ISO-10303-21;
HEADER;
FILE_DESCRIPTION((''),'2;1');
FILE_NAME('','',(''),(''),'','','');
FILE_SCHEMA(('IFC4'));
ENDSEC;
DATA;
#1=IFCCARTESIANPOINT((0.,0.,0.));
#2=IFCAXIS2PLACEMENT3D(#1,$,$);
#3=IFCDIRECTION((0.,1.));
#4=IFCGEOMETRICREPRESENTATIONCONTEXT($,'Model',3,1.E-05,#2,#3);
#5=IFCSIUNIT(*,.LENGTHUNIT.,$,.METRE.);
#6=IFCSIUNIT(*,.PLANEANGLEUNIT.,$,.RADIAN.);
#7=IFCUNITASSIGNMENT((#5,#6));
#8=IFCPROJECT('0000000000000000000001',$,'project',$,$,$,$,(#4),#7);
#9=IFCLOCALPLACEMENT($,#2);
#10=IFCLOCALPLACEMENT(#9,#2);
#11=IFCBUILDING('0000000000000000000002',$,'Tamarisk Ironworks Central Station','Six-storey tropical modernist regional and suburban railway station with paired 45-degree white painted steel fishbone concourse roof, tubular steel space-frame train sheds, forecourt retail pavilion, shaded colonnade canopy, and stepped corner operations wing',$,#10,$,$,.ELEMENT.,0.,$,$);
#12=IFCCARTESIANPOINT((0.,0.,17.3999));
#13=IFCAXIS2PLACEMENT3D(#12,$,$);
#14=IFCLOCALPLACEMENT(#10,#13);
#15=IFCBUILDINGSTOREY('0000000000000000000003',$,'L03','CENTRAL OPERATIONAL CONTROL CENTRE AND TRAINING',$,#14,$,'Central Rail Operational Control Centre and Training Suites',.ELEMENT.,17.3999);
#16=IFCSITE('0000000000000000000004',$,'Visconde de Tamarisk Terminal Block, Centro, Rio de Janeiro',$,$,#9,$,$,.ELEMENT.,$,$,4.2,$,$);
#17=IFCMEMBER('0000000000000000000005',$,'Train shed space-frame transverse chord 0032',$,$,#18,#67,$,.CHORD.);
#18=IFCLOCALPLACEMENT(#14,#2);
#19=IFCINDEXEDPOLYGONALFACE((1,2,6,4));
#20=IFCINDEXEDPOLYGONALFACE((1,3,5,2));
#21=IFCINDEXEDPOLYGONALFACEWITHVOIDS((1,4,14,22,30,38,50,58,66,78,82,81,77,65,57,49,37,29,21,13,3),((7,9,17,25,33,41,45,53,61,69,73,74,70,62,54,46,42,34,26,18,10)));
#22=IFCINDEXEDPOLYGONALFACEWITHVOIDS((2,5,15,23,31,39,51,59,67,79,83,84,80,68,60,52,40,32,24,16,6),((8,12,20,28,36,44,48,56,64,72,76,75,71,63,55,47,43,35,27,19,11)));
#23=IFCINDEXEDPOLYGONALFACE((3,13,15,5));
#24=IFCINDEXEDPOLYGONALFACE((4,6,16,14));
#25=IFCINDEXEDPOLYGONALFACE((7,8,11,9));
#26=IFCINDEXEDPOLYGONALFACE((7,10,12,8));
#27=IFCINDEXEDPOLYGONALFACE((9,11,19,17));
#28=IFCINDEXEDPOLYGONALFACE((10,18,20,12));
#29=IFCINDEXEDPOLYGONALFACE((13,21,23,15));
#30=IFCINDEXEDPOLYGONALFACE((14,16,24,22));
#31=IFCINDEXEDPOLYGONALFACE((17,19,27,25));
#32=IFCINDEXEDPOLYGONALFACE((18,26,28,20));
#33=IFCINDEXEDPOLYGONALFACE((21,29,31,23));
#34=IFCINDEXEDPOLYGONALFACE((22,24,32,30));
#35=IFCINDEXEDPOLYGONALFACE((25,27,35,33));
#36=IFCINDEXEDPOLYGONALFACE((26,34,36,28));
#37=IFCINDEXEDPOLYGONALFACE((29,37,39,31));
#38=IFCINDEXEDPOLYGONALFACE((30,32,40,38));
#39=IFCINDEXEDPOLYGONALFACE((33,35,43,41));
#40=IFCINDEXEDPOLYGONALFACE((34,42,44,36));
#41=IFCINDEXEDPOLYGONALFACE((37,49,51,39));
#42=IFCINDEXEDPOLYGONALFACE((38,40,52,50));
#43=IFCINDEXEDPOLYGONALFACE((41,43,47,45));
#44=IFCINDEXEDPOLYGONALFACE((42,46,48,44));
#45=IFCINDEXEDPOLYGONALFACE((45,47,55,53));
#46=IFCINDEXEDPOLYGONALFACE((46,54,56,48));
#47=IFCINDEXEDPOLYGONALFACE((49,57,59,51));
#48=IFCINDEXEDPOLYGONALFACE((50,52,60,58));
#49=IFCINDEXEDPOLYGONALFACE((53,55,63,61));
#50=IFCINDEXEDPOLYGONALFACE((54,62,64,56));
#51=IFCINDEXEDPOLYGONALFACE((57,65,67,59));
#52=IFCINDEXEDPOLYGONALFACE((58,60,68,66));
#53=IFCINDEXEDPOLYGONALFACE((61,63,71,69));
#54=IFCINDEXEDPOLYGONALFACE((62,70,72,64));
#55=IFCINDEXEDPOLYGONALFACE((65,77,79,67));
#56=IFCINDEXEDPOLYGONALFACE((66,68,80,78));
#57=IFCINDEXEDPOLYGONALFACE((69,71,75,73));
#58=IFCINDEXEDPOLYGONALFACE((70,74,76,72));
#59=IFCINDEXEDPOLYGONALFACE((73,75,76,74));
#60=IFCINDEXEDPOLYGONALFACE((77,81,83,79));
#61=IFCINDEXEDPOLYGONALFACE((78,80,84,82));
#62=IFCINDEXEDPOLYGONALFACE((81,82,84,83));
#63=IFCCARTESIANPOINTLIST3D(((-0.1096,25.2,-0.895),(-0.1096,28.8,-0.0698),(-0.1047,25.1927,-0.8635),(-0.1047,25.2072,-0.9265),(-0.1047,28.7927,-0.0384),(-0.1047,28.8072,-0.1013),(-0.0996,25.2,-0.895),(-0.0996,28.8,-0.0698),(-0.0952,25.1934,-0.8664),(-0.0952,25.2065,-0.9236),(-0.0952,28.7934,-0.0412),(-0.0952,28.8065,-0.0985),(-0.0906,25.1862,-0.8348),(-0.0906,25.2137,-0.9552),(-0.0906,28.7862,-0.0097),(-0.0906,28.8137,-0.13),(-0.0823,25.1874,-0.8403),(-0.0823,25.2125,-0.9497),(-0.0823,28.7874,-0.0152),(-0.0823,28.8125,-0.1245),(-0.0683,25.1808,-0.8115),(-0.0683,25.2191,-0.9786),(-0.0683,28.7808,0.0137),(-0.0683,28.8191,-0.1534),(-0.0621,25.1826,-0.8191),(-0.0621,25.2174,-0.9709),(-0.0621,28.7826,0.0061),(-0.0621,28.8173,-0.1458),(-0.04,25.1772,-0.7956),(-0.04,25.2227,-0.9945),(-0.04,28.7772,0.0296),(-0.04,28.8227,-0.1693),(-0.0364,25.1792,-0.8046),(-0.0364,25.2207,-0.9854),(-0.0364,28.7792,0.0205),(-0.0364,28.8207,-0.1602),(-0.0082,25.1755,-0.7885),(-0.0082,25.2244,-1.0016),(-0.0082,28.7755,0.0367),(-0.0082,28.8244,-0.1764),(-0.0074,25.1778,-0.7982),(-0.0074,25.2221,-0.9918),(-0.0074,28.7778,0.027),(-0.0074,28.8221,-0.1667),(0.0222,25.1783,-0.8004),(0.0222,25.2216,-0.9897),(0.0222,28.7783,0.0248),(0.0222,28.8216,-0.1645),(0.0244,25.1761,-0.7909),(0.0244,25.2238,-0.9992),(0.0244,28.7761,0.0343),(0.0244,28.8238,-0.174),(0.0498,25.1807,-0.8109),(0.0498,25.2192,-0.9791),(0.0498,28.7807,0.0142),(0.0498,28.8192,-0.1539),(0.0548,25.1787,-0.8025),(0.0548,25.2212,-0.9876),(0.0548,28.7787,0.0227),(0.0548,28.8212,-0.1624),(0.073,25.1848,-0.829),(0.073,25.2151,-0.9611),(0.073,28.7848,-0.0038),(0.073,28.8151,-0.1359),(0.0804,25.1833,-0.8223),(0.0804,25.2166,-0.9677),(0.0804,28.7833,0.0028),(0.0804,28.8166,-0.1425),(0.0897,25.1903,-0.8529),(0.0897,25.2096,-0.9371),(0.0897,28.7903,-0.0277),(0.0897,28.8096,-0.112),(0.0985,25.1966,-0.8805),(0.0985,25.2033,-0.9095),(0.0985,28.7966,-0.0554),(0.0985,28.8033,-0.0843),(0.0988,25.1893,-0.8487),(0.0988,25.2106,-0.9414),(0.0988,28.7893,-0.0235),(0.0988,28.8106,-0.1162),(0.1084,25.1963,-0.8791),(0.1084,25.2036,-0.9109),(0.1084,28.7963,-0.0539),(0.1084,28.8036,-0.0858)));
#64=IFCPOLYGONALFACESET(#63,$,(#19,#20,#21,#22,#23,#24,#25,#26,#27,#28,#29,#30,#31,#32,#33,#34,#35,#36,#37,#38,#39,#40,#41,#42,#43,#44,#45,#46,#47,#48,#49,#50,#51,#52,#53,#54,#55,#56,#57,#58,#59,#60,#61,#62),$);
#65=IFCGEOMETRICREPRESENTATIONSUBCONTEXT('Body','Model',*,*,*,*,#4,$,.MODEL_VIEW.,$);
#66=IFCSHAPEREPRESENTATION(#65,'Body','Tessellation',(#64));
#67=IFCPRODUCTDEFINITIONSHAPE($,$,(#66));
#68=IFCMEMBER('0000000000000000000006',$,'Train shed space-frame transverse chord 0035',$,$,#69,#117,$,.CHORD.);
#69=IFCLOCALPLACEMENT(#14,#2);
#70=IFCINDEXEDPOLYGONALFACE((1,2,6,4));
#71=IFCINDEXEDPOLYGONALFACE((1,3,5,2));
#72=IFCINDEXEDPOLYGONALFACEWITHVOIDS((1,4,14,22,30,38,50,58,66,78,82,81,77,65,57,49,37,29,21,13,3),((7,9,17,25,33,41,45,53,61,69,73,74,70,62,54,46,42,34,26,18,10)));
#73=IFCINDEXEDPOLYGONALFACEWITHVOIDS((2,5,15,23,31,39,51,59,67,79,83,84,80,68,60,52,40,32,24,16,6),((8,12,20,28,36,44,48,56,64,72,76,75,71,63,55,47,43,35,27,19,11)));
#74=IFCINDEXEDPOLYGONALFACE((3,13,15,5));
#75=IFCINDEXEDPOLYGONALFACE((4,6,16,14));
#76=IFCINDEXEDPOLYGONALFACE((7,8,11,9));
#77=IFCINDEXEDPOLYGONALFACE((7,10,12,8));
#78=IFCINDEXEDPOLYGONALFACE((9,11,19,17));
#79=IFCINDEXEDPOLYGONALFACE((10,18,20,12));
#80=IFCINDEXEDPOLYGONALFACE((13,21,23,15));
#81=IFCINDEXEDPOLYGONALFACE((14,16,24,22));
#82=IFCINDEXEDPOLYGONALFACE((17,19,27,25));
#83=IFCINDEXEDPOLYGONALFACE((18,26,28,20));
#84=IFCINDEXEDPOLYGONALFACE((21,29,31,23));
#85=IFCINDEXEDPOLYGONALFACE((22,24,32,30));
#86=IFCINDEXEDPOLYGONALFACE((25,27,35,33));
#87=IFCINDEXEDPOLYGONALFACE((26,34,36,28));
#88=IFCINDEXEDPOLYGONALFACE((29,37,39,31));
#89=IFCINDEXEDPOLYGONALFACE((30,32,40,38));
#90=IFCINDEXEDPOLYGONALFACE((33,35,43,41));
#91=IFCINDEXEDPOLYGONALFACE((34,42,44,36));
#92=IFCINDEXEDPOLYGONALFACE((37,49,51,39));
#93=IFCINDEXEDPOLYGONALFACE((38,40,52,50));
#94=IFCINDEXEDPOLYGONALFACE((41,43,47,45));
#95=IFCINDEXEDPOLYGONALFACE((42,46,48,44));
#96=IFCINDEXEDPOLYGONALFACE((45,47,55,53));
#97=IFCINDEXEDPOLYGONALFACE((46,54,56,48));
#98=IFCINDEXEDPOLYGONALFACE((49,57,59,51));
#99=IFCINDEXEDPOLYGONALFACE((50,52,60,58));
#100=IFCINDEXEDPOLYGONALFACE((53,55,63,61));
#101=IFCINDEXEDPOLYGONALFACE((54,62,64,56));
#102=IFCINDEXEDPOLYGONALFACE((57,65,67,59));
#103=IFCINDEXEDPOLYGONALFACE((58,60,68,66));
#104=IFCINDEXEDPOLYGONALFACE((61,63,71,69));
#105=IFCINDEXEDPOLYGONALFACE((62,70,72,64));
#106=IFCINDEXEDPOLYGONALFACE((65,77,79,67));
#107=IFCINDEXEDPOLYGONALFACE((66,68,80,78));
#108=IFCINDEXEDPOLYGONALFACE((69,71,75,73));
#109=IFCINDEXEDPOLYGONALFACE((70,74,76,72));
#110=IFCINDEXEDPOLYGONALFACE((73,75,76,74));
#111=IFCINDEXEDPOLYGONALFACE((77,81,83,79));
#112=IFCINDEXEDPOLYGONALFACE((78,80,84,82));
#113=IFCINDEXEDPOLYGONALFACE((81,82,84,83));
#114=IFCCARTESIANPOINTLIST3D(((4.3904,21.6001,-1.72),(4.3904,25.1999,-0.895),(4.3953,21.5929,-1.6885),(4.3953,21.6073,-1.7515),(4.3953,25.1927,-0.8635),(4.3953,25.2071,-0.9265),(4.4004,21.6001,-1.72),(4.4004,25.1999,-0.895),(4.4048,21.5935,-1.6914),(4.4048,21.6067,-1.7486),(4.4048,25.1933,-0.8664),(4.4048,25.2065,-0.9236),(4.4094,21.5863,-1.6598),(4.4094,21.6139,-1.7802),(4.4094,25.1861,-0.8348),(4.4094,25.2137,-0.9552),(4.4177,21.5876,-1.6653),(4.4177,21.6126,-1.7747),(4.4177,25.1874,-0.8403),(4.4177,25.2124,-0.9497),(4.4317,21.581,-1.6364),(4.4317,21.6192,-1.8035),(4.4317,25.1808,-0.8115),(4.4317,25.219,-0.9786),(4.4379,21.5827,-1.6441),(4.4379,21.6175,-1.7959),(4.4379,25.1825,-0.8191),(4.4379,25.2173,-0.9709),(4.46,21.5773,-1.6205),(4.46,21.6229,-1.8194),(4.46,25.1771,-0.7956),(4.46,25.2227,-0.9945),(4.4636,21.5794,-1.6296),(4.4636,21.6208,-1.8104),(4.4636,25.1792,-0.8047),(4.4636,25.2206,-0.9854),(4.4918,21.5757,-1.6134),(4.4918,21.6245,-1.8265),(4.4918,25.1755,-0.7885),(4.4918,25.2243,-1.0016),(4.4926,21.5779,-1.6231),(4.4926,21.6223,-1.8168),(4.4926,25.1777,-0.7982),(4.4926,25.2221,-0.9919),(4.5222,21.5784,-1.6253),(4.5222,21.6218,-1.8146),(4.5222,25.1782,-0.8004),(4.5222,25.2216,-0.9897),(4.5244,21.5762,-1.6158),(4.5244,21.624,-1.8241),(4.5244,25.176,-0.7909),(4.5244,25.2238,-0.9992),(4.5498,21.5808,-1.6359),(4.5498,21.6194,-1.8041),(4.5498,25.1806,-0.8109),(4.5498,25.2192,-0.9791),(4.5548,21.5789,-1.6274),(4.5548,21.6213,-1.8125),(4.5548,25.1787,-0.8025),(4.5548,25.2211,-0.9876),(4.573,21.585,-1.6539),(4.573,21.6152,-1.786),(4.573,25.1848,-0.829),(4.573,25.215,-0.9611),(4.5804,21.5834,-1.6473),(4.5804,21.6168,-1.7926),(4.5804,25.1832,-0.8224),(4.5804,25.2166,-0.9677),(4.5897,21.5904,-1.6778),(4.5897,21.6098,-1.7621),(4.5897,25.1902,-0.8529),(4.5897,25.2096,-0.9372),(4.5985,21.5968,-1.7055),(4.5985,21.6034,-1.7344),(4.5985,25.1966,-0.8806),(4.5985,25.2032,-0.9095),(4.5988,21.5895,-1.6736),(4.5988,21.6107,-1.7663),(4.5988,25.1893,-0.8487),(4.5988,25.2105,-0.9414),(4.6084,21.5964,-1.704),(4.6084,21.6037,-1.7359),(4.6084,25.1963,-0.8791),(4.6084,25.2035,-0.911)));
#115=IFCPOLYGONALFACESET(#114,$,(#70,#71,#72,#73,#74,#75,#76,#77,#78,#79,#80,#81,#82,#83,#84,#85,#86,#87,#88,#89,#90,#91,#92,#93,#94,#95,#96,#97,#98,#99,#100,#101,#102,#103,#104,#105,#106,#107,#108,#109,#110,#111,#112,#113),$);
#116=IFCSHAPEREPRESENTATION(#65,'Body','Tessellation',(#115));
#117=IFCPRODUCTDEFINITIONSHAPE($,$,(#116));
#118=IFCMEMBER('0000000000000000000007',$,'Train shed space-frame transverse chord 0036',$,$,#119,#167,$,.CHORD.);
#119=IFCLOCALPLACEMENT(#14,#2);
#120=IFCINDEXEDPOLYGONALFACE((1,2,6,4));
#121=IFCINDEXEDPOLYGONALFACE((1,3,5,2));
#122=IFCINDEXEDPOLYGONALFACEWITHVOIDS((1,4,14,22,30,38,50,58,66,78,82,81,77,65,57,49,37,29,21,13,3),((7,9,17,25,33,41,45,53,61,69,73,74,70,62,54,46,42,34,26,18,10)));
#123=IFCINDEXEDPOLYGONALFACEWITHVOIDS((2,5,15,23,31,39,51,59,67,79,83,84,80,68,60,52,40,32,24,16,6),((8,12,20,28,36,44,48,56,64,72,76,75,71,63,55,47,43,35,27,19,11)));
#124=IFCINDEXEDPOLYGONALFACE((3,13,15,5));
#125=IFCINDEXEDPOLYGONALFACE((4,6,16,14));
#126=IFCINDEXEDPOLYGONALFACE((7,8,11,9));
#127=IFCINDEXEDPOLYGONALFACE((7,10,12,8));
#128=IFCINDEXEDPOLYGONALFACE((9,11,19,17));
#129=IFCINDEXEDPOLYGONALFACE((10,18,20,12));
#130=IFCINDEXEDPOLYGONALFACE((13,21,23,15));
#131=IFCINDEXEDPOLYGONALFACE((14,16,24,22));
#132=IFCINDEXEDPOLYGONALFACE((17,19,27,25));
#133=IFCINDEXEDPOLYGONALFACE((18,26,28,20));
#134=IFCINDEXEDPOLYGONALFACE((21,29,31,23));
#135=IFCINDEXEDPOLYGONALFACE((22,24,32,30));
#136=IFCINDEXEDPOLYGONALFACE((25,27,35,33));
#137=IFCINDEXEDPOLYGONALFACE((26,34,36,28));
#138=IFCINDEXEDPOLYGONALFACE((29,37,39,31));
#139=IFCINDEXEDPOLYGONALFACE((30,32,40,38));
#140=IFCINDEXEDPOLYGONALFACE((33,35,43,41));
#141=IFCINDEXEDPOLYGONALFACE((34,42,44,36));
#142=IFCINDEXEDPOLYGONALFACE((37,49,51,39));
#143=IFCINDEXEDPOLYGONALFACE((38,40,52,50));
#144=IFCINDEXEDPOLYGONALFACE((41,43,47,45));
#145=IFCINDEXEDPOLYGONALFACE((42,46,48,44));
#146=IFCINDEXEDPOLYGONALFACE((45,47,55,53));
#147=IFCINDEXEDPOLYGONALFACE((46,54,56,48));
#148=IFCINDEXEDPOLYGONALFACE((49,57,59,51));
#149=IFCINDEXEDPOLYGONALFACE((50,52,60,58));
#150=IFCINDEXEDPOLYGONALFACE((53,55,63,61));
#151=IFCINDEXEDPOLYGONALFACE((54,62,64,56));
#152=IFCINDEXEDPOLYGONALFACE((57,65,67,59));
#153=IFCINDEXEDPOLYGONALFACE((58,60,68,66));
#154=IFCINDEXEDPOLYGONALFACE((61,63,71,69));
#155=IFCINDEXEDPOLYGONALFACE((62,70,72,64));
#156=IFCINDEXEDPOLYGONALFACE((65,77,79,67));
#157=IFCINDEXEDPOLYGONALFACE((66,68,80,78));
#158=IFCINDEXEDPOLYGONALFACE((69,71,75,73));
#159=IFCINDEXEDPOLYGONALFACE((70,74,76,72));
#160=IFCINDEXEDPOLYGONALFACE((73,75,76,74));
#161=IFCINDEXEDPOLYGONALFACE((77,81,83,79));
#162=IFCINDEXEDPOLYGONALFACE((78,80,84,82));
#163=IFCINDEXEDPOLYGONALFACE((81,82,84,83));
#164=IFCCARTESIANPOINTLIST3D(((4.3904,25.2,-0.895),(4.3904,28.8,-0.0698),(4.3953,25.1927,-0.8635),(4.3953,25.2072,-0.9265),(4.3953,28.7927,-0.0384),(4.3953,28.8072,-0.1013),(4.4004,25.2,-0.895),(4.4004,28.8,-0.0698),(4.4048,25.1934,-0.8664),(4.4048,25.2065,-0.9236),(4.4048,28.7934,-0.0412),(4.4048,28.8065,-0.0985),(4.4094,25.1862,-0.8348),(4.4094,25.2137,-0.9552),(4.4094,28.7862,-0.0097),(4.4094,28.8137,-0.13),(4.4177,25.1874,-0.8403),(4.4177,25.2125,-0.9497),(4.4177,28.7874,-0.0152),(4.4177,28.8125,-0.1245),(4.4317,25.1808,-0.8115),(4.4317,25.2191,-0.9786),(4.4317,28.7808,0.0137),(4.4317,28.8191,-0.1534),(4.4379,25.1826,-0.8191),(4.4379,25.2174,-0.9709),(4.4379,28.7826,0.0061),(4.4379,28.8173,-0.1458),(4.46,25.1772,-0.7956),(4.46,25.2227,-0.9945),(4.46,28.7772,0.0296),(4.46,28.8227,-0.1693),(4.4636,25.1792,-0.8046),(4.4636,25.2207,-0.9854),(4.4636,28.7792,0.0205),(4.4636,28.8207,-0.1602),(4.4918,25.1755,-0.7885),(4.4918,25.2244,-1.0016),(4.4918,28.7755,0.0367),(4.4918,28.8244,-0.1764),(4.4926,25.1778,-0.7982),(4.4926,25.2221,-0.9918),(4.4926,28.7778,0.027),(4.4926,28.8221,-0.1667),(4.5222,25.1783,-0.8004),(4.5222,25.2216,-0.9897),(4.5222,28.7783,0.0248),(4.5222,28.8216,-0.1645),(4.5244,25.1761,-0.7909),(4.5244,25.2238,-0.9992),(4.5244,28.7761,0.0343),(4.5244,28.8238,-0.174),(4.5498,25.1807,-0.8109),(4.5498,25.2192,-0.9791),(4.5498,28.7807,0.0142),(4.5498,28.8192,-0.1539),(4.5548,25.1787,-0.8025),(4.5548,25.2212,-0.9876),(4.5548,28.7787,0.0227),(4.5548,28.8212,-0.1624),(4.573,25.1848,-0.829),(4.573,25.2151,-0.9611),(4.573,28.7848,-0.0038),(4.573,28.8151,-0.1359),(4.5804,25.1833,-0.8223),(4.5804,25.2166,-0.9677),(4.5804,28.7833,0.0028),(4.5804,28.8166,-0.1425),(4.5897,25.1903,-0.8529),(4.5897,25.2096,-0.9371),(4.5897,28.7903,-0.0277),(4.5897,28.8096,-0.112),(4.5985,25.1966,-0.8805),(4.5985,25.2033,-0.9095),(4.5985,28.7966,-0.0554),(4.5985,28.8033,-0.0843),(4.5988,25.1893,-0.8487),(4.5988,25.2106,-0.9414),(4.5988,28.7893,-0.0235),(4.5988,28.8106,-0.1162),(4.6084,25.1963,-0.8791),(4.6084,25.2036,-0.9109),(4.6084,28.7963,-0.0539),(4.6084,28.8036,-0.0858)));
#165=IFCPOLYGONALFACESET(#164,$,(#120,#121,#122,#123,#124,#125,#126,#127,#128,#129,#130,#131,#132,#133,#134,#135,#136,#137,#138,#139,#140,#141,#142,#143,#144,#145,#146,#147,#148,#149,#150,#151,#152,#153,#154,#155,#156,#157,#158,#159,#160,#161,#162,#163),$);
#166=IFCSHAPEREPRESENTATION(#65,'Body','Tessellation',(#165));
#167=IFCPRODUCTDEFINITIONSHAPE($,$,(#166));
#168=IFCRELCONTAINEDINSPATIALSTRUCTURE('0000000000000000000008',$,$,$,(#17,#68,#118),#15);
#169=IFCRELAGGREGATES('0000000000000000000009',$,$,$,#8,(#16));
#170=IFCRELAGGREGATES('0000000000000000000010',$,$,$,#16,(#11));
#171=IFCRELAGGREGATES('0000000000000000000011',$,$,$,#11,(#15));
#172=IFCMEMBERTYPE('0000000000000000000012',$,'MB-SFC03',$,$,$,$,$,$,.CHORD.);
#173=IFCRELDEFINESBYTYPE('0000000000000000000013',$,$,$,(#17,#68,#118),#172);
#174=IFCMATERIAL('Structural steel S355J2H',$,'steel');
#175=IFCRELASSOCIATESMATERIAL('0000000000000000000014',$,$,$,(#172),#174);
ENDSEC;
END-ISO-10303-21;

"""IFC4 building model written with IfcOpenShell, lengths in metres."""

from ifc_helpers import new_model, si_unit, direction, frame, origin, origin_2d, place, context, subcontext, project, spatial, hollow_circle, extrude, material, material_profile, profile_set, type_object, element, save


model = new_model("IFC4")

# Units and contexts
model_context = context("Model", 3, precision=1e-05, world=origin(), true_north=direction((0.0, 1.0)))
body_context = subcontext(model_context, "Body", "Model", "MODEL_VIEW")
ifc_project = project(units=[si_unit("LENGTHUNIT", "METRE"), si_unit("PLANEANGLEUNIT", "RADIAN")], contexts=[model_context])

# Site, building, storey
site_placement = place(None, origin())
site = spatial("IfcSite", under=ifc_project, at=site_placement, Name="Visconde de Tamarisk Terminal Block, Centro, Rio de Janeiro", CompositionType="ELEMENT", RefElevation=4.2)
building_placement = place(site_placement, origin())
building = spatial("IfcBuilding", under=site, at=building_placement, Name="Tamarisk Ironworks Central Station", Description="Six-storey tropical modernist regional and suburban railway station with paired 45-degree white painted steel fishbone concourse roof, tubular steel space-frame train sheds, forecourt retail pavilion, shaded colonnade canopy, and stepped corner operations wing", CompositionType="ELEMENT", ElevationOfRefHeight=0.0)
storey_placement = place(building_placement, frame((0.0, 0.0, 17.3999)))
storey = spatial("IfcBuildingStorey", under=building, at=storey_placement, Name="L03", Description="CENTRAL OPERATIONAL CONTROL CENTRE AND TRAINING", LongName="Central Rail Operational Control Centre and Training Suites", CompositionType="ELEMENT", Elevation=17.3999)

# Members
ifc_material_1 = material(Name="Structural steel S355J2H", Category="steel")
ifc_material_profile_1 = material_profile(ifc_material_1, hollow_circle(Radius=0.1096, WallThickness=0.01, at=origin_2d()), Name="CHS 219.1x10")
ifc_profile_set_1 = profile_set([ifc_material_profile_1], Name="Structural steel S355J2H")
member_type_1 = type_object("IfcMemberType", Name="MB-SFC03", PredefinedType="CHORD", material=ifc_profile_set_1)
member_1_placement = place(storey_placement, frame((0.0, 25.2, -0.895), z_axis=(0.0, 0.974722, 0.223421), x_axis=(-1.0, 0.0, 0.0)))
element("IfcMember", 1, at=member_1_placement, inside=storey, type_object=member_type_1, Name="Train shed space-frame transverse chord 0032", PredefinedType="CHORD", context=body_context, shape_type="SweptSolid", body=[
    extrude(hollow_circle(Radius=0.1096, WallThickness=0.01, at=origin_2d()), origin(), (0.0, 0.0, 1.0), 3.6934),
])
member_2_placement = place(storey_placement, frame((4.5, 21.6001, -1.72), z_axis=(0.0, 0.974733, 0.223372), x_axis=(-1.0, 0.0, 0.0)))
element("IfcMember", 2, at=member_2_placement, inside=storey, type_object=member_type_1, Name="Train shed space-frame transverse chord 0035", PredefinedType="CHORD", context=body_context, shape_type="SweptSolid", body=[
    extrude(hollow_circle(Radius=0.1096, WallThickness=0.01, at=origin_2d()), origin(), (0.0, 0.0, 1.0), 3.6931),
])
member_3_placement = place(storey_placement, frame((4.5, 25.2, -0.895), z_axis=(0.0, 0.974722, 0.223421), x_axis=(-1.0, 0.0, 0.0)))
element("IfcMember", 3, at=member_3_placement, inside=storey, type_object=member_type_1, Name="Train shed space-frame transverse chord 0036", PredefinedType="CHORD", context=body_context, shape_type="SweptSolid", body=[
    extrude(hollow_circle(Radius=0.1096, WallThickness=0.01, at=origin_2d()), origin(), (0.0, 0.0, 1.0), 3.6934),
])

save(model, "model.ifc")
